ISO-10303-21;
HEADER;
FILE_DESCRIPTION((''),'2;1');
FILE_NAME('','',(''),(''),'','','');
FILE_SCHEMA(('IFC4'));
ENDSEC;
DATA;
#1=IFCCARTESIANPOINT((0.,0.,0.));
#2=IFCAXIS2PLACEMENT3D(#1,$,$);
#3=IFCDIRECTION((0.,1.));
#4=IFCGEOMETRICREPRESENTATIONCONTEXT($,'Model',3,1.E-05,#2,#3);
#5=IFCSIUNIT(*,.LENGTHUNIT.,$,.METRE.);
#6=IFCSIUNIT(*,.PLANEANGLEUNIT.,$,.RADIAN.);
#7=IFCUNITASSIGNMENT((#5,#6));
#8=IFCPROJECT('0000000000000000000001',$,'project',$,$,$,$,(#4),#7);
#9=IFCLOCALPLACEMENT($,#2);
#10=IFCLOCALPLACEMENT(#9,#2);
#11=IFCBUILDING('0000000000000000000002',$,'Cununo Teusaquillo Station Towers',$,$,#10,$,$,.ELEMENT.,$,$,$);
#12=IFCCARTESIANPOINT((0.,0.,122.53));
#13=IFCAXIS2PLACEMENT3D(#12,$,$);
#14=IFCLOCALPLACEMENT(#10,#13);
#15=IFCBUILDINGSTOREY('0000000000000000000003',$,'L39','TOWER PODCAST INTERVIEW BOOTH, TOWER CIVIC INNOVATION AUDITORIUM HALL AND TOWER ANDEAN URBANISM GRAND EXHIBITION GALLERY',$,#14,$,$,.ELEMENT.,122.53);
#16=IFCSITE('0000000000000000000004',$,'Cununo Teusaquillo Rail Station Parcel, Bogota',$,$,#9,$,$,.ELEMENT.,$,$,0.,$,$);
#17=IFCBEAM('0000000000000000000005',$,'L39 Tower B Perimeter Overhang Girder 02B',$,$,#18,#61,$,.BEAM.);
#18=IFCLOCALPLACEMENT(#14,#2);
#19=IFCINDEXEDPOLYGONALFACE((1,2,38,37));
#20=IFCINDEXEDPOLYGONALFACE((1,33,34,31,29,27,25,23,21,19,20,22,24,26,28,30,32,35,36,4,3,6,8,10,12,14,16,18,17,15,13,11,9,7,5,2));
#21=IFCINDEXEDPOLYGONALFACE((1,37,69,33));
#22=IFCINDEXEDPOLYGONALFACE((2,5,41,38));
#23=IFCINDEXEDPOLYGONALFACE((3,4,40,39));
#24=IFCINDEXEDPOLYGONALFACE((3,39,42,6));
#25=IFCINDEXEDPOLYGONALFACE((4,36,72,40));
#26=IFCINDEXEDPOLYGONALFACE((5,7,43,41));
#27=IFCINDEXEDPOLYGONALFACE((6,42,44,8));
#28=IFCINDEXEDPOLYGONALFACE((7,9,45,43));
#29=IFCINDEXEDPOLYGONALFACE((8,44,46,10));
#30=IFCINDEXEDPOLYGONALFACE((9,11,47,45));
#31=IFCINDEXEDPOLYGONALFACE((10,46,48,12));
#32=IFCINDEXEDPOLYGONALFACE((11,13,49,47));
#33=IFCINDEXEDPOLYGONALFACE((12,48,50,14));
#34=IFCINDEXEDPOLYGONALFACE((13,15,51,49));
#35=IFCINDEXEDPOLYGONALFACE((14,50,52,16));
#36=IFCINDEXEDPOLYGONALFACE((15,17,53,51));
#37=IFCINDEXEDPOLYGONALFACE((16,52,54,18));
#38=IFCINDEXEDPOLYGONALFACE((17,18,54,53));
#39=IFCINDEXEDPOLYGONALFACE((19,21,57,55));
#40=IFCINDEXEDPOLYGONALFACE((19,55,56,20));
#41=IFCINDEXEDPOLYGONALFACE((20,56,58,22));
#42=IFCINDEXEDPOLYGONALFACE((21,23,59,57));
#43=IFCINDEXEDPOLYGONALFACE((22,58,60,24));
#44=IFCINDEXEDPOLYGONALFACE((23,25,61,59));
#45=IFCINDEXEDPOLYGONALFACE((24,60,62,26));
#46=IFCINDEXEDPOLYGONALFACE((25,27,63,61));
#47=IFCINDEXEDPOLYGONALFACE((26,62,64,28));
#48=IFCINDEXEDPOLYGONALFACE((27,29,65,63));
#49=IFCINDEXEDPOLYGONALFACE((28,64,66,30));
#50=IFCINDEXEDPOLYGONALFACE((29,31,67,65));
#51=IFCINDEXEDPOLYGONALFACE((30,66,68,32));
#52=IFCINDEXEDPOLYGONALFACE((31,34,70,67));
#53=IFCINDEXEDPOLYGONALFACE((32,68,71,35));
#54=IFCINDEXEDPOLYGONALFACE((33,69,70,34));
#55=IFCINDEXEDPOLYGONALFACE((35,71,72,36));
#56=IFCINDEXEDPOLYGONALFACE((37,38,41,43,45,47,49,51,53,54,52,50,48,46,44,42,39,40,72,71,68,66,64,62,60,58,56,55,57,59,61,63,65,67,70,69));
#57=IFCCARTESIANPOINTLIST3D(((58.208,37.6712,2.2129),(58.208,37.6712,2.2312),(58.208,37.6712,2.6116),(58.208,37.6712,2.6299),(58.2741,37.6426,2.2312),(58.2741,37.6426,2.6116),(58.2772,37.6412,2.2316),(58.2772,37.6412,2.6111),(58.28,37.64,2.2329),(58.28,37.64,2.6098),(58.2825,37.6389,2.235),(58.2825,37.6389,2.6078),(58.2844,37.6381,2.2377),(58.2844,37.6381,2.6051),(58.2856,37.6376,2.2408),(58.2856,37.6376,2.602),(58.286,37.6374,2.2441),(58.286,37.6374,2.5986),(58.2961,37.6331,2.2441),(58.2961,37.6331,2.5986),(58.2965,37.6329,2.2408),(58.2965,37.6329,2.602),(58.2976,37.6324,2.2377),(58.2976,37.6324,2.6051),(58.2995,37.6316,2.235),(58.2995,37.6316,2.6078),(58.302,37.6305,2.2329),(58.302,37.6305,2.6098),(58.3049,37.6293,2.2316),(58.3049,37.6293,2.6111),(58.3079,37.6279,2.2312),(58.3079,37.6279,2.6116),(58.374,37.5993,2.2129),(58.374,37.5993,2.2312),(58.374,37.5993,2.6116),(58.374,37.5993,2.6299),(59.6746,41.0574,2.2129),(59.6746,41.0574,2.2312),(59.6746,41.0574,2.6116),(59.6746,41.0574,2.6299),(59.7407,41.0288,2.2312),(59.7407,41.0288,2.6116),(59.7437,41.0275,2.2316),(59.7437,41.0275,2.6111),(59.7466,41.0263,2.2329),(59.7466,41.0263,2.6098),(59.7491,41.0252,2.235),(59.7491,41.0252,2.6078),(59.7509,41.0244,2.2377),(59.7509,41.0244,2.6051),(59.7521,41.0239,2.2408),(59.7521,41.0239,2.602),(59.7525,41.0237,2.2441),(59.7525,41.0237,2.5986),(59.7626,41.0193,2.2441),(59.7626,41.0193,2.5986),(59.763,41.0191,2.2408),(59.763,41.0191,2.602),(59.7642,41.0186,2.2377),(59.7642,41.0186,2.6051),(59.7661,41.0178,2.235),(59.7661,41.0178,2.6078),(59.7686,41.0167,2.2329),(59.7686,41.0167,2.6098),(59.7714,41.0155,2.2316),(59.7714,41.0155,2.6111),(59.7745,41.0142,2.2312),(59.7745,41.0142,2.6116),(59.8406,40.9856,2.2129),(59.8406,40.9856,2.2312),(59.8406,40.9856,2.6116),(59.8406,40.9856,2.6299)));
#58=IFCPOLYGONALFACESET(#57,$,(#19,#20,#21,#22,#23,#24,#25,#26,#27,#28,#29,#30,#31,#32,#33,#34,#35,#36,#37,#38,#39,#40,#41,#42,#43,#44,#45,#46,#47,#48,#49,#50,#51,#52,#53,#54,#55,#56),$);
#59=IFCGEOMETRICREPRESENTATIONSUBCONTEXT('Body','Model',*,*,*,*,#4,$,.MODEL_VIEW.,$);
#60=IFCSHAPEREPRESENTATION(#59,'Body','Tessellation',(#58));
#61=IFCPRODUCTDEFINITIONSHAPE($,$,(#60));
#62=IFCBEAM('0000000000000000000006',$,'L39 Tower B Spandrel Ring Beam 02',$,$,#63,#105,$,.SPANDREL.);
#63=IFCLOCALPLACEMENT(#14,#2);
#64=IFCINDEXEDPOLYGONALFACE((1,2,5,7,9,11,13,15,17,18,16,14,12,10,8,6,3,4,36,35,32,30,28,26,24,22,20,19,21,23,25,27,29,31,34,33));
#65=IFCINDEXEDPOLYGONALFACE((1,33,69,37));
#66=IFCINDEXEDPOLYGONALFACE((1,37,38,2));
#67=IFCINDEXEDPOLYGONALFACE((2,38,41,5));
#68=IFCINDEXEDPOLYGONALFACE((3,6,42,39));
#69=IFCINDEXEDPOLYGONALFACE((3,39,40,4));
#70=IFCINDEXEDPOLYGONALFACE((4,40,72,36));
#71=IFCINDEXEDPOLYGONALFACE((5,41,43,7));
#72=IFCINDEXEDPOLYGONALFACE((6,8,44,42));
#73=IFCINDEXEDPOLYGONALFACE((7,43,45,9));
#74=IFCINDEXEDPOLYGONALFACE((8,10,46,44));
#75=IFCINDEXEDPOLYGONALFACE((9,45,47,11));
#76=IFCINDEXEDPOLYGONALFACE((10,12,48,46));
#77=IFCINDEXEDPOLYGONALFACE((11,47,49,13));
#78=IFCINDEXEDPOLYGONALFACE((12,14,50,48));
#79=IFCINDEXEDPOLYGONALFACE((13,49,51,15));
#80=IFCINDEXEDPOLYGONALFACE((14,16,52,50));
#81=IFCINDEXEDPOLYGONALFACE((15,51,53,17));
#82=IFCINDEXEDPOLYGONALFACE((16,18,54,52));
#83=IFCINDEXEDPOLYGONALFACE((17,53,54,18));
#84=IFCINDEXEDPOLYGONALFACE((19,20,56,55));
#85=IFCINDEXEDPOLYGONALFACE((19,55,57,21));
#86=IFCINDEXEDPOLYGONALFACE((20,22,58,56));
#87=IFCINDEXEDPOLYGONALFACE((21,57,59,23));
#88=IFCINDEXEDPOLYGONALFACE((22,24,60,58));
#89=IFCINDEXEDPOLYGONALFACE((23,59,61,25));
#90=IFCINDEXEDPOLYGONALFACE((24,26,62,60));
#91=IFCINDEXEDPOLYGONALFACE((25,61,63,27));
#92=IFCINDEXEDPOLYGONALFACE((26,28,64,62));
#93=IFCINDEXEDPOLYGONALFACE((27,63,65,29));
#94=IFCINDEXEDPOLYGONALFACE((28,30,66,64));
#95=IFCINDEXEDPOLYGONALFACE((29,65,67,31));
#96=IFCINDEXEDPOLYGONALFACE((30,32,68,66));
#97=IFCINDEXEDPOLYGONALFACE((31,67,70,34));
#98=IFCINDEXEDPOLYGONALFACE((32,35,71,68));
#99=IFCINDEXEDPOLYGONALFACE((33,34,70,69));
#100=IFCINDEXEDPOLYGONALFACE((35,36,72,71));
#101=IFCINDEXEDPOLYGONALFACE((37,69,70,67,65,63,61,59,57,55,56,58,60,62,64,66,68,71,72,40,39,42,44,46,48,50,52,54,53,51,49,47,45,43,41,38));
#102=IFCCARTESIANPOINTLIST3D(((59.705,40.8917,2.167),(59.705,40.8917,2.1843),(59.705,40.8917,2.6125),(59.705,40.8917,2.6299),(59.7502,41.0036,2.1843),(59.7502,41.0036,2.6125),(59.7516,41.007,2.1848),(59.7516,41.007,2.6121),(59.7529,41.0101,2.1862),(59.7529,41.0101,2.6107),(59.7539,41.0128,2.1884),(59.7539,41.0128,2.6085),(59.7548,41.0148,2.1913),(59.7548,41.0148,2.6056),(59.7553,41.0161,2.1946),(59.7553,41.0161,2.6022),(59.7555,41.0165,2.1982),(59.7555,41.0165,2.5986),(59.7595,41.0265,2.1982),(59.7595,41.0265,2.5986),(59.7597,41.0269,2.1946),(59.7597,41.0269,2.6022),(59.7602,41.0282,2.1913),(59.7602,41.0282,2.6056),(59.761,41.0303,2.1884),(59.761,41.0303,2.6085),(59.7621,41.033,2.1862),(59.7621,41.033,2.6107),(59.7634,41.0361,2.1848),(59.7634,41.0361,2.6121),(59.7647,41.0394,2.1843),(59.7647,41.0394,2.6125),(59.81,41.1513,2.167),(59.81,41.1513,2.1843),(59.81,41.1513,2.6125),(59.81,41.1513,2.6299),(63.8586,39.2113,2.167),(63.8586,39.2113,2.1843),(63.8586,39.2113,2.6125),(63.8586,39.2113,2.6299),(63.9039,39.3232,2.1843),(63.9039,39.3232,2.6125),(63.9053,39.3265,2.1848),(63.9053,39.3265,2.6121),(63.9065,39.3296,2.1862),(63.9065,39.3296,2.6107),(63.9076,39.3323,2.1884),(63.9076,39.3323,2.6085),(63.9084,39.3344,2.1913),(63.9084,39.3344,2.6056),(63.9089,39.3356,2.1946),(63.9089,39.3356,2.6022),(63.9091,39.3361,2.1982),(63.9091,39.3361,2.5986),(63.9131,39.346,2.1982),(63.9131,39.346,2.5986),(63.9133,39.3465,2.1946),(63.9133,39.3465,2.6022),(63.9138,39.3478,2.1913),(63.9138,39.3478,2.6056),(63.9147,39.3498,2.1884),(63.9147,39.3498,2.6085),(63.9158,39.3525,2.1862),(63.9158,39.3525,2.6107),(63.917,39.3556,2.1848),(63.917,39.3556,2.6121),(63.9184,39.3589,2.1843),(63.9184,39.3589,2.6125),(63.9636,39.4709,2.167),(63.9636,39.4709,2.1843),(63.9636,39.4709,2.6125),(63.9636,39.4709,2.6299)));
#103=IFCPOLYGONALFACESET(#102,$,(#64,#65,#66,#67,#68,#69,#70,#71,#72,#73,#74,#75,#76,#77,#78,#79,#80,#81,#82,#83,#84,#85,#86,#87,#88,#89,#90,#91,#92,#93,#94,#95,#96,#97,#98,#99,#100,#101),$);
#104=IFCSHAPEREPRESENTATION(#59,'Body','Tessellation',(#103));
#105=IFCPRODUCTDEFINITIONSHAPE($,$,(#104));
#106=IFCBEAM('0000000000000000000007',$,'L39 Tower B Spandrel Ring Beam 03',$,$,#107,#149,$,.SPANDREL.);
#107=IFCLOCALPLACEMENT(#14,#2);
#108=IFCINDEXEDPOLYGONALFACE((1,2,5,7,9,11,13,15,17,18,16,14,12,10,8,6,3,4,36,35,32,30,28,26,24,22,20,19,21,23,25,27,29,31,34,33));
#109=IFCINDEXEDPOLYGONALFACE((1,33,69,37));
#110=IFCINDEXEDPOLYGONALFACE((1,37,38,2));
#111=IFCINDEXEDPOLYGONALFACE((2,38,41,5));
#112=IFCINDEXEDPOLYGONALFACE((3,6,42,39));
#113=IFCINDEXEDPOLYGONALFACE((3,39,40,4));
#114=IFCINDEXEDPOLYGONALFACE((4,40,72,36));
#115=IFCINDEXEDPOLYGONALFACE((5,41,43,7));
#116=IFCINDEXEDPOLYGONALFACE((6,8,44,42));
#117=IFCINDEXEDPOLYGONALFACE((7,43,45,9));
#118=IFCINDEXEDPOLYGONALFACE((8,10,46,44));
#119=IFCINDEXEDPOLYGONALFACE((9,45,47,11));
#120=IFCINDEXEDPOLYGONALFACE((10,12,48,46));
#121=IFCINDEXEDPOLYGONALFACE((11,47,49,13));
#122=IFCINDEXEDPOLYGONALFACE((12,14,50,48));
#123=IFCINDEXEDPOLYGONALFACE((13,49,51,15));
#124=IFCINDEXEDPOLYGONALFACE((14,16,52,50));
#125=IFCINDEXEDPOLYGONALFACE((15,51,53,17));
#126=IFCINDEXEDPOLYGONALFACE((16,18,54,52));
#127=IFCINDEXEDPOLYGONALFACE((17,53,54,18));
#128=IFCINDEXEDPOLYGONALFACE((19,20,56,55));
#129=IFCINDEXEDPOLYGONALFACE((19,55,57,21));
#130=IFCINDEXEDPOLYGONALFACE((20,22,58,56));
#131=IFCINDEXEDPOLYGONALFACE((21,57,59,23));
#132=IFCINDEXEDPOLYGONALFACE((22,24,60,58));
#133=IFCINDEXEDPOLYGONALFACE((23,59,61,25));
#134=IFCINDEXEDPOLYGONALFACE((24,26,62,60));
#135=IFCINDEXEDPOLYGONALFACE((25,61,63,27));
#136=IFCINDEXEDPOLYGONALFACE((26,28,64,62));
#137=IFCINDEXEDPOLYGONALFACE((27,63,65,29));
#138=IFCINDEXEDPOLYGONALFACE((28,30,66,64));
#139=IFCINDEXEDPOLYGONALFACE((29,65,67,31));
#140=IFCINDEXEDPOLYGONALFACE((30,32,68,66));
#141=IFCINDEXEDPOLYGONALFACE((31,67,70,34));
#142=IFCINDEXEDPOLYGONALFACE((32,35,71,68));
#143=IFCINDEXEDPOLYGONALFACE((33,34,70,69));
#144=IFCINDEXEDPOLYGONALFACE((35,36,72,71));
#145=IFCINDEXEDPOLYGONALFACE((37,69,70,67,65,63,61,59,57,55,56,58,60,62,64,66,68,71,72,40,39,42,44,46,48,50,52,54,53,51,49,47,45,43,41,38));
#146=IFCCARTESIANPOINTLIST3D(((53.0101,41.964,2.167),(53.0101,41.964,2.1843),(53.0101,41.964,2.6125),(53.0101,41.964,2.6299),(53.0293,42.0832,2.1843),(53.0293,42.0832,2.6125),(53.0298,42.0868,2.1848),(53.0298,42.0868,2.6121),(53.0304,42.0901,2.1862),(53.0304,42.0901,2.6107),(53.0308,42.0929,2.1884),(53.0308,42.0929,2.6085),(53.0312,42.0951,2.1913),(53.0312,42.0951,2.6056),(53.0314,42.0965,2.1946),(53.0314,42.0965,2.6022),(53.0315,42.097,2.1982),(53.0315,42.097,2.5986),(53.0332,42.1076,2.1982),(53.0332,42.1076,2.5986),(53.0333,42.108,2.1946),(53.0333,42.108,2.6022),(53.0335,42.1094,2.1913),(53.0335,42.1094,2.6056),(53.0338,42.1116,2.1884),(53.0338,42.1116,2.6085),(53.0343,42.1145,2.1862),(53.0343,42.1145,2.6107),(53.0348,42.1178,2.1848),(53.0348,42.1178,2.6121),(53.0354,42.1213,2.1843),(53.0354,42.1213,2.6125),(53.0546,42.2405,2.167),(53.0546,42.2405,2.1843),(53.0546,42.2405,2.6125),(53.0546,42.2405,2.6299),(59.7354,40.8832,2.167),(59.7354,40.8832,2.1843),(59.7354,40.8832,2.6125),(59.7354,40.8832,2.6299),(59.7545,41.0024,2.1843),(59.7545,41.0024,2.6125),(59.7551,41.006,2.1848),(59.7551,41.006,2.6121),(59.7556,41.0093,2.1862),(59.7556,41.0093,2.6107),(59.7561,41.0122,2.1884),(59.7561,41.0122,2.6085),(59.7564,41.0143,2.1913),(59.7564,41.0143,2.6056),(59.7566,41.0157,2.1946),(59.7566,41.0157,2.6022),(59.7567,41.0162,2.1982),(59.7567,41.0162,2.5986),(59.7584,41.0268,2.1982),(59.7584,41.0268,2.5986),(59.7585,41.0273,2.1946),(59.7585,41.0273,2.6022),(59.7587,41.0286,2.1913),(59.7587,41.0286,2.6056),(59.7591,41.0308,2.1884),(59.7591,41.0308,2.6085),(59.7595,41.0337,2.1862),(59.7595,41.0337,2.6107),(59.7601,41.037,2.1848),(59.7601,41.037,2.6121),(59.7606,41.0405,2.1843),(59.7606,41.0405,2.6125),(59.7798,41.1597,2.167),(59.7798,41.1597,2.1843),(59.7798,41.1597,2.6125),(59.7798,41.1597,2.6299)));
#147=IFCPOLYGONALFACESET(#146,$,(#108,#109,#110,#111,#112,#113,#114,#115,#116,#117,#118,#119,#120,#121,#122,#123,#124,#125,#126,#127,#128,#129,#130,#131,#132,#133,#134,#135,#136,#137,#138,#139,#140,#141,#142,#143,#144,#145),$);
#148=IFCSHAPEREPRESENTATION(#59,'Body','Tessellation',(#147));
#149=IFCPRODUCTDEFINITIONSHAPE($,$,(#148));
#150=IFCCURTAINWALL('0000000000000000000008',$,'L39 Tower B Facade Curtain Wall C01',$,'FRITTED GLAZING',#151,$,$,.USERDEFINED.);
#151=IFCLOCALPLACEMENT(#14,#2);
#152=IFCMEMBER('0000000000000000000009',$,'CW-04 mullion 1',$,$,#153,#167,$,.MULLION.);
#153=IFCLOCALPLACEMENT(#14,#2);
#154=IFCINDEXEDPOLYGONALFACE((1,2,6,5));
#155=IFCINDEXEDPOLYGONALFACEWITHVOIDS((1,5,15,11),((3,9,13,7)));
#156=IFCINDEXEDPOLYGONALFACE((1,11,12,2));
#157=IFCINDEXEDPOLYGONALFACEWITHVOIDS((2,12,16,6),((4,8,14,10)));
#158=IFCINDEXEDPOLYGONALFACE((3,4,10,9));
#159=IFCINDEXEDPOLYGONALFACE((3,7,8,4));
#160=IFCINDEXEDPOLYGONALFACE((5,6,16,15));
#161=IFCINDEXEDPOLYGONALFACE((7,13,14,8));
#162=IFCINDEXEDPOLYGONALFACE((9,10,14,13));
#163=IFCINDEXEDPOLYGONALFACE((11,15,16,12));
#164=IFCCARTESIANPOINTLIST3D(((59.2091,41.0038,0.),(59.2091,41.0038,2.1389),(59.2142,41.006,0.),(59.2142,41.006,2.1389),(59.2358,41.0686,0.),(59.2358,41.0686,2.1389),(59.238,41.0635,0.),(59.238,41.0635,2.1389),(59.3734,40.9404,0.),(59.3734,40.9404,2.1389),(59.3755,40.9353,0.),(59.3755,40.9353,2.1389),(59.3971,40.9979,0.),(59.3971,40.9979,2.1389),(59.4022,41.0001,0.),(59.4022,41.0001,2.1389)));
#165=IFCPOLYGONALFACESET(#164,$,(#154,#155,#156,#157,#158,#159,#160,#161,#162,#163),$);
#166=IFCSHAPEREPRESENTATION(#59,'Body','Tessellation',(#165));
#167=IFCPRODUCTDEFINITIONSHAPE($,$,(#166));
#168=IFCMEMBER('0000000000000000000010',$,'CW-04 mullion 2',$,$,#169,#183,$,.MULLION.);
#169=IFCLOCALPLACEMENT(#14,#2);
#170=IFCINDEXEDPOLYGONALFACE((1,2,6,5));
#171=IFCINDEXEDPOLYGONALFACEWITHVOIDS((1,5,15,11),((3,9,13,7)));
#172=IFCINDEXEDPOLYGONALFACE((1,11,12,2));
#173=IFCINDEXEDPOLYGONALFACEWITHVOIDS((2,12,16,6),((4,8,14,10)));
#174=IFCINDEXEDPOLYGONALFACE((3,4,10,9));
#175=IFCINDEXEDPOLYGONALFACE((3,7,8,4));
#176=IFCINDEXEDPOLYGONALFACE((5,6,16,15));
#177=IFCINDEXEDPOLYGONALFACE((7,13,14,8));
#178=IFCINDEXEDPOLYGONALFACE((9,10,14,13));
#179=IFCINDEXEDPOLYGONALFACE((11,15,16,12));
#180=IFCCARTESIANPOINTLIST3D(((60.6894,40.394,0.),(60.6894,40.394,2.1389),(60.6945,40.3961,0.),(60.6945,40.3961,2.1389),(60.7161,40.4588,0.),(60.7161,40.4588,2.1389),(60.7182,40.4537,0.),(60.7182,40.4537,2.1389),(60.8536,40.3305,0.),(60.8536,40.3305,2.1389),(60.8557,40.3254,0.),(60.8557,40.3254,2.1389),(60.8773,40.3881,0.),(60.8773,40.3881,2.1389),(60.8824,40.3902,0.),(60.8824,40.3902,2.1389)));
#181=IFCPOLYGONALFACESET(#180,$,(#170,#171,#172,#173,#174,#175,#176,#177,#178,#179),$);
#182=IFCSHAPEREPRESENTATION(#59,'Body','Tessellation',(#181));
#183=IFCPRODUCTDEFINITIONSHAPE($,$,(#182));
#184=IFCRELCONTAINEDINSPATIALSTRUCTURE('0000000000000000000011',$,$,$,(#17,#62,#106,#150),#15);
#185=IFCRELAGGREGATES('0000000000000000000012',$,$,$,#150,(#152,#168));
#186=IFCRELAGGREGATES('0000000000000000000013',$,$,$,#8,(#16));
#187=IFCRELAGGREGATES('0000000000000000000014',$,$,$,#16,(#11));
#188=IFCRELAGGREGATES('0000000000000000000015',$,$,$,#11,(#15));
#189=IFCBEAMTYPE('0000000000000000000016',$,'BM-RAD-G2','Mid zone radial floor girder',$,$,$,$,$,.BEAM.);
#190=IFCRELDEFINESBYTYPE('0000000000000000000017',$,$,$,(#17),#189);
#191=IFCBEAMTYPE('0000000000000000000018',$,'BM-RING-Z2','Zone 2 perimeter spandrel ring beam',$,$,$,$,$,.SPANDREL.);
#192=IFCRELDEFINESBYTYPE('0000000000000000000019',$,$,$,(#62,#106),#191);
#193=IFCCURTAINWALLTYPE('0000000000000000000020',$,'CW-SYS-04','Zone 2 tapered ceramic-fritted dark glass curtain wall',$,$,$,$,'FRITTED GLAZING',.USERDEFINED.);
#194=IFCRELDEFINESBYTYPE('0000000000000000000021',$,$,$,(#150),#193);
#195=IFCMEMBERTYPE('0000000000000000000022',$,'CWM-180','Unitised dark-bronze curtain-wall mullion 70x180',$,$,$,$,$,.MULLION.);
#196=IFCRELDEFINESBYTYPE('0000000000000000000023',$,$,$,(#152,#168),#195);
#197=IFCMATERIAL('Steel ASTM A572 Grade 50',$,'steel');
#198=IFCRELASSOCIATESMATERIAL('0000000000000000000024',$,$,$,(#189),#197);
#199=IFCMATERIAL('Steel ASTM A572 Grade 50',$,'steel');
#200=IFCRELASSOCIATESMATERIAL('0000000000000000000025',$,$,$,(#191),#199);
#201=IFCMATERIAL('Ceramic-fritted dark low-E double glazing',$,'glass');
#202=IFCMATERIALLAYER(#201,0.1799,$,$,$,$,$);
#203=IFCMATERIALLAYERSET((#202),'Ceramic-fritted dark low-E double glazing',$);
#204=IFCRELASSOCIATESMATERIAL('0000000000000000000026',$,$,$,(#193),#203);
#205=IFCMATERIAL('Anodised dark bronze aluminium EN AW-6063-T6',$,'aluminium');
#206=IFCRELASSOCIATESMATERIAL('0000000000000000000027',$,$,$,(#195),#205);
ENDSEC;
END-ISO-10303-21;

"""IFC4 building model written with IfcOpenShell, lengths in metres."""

from ifc_helpers import new_model, si_unit, direction, frame, origin, origin_2d, place, context, subcontext, project, spatial, hollow_rectangle, i_section, extrude, material, layer, layer_set, material_profile, profile_set, type_object, element, aggregate, save


model = new_model("IFC4")

# Units and contexts
model_context = context("Model", 3, precision=1e-05, world=origin(), true_north=direction((0.0, 1.0)))
body_context = subcontext(model_context, "Body", "Model", "MODEL_VIEW")
ifc_project = project(units=[si_unit("LENGTHUNIT", "METRE"), si_unit("PLANEANGLEUNIT", "RADIAN")], contexts=[model_context])

# Site, building, storey
site_placement = place(None, origin())
site = spatial("IfcSite", under=ifc_project, at=site_placement, Name="Cununo Teusaquillo Rail Station Parcel, Bogota", CompositionType="ELEMENT", RefElevation=0.0)
building_placement = place(site_placement, origin())
building = spatial("IfcBuilding", under=site, at=building_placement, Name="Cununo Teusaquillo Station Towers", CompositionType="ELEMENT")
storey_placement = place(building_placement, frame((0.0, 0.0, 122.53)))
storey = spatial("IfcBuildingStorey", under=building, at=storey_placement, Name="L39", Description="TOWER PODCAST INTERVIEW BOOTH, TOWER CIVIC INNOVATION AUDITORIUM HALL AND TOWER ANDEAN URBANISM GRAND EXHIBITION GALLERY", CompositionType="ELEMENT", Elevation=122.53)

# Beams
ifc_material_1 = material(Name="Steel ASTM A572 Grade 50", Category="steel")
ifc_material_profile_1 = material_profile(ifc_material_1, i_section(OverallWidth=0.1809, OverallDepth=0.417, WebThickness=0.011, FlangeThickness=0.0183, FilletRadius=0.0129, at=origin_2d()), Name="W16X57")
ifc_profile_set_1 = profile_set([ifc_material_profile_1], Name="Steel ASTM A572 Grade 50")
beam_type_1 = type_object("IfcBeamType", Name="BM-RAD-G2", Description="Mid zone radial floor girder", PredefinedType="BEAM", material=ifc_profile_set_1)
beam_1_placement = place(storey_placement, frame((58.291, 37.6353, 2.4214), z_axis=(0.397422, 0.917636, 0.0), x_axis=(-0.917636, 0.397422, 0.0)))
element("IfcBeam", 1, at=beam_1_placement, inside=storey, type_object=beam_type_1, Name="L39 Tower B Perimeter Overhang Girder 02B", PredefinedType="BEAM", context=body_context, shape_type="SweptSolid", body=[
    extrude(i_section(OverallWidth=0.1809, OverallDepth=0.417, WebThickness=0.011, FlangeThickness=0.0183, FilletRadius=0.0129, at=origin_2d()), origin(), (0.0, 0.0, 1.0), 3.6902),
])
ifc_material_2 = material(Name="Steel ASTM A572 Grade 50", Category="steel")
ifc_material_profile_2 = material_profile(ifc_material_2, i_section(OverallWidth=0.28, OverallDepth=0.4629, WebThickness=0.0107, FlangeThickness=0.0173, FilletRadius=0.0139, at=origin_2d()), Name="W18X76")
ifc_profile_set_2 = profile_set([ifc_material_profile_2], Name="Steel ASTM A572 Grade 50")
beam_type_2 = type_object("IfcBeamType", Name="BM-RING-Z2", Description="Zone 2 perimeter spandrel ring beam", PredefinedType="SPANDREL", material=ifc_profile_set_2)
beam_2_placement = place(storey_placement, frame((63.9111, 39.3411, 2.3984), z_axis=(-0.927008, 0.375042, 0.0), x_axis=(-0.375042, -0.927008, 0.0)))
element("IfcBeam", 2, at=beam_2_placement, inside=storey, type_object=beam_type_2, Name="L39 Tower B Spandrel Ring Beam 02", PredefinedType="SPANDREL", context=body_context, shape_type="SweptSolid", body=[
    extrude(i_section(OverallWidth=0.28, OverallDepth=0.4629, WebThickness=0.0107, FlangeThickness=0.0173, FilletRadius=0.0139, at=origin_2d()), origin(), (0.0, 0.0, 1.0), 4.4807),
])
beam_3_placement = place(storey_placement, frame((59.7576, 41.0215, 2.3984), z_axis=(-0.987331, 0.158671, 0.0), x_axis=(-0.158671, -0.987331, 0.0)))
element("IfcBeam", 3, at=beam_3_placement, inside=storey, type_object=beam_type_2, Name="L39 Tower B Spandrel Ring Beam 03", PredefinedType="SPANDREL", context=body_context, shape_type="SweptSolid", body=[
    extrude(i_section(OverallWidth=0.28, OverallDepth=0.4629, WebThickness=0.0107, FlangeThickness=0.0173, FilletRadius=0.0139, at=origin_2d()), origin(), (0.0, 0.0, 1.0), 6.8115),
])

# Curtain wall, members
ifc_material_3 = material(Name="Ceramic-fritted dark low-E double glazing", Category="glass")
ifc_layer_1 = layer(ifc_material_3, 0.1799)
ifc_layer_set_1 = layer_set([ifc_layer_1], Name="Ceramic-fritted dark low-E double glazing")
curtain_wall_type = type_object("IfcCurtainWallType", Name="CW-SYS-04", Description="Zone 2 tapered ceramic-fritted dark glass curtain wall", ElementType="FRITTED GLAZING", PredefinedType="USERDEFINED", material=ifc_layer_set_1)
curtain_wall_placement = place(storey_placement, origin())
curtain_wall = element("IfcCurtainWall", 4, at=curtain_wall_placement, inside=storey, type_object=curtain_wall_type, Name="L39 Tower B Facade Curtain Wall C01", ObjectType="FRITTED GLAZING", PredefinedType="USERDEFINED")
ifc_material_4 = material(Name="Anodised dark bronze aluminium EN AW-6063-T6", Category="aluminium")
ifc_material_profile_3 = material_profile(ifc_material_4, hollow_rectangle(XDim=0.0701, YDim=0.1799, WallThickness=0.0039, at=origin_2d()), Name="CW-MULL-70x180")
ifc_profile_set_3 = profile_set([ifc_material_profile_3], Name="Anodised dark bronze aluminium EN AW-6063-T6")
member_type_1 = type_object("IfcMemberType", Name="CWM-180", Description="Unitised dark-bronze curtain-wall mullion 70x180", PredefinedType="MULLION", material=ifc_profile_set_3)
member_1_placement = place(storey_placement, frame((59.3057, 41.002, 0.0), z_axis=(0.0, 0.0, 1.0), x_axis=(0.381031, 0.924562, 0.0)))
member_1 = element("IfcMember", 5, at=member_1_placement, type_object=member_type_1, Name="CW-04 mullion 1", PredefinedType="MULLION", context=body_context, shape_type="SweptSolid", body=[
    extrude(hollow_rectangle(XDim=0.0701, YDim=0.1799, WallThickness=0.0039, at=origin_2d()), origin(), (0.0, 0.0, 1.0), 2.1389),
])
member_2_placement = place(storey_placement, frame((60.7859, 40.3921, 0.0), z_axis=(0.0, 0.0, 1.0), x_axis=(0.381031, 0.924562, 0.0)))
member_2 = element("IfcMember", 6, at=member_2_placement, type_object=member_type_1, Name="CW-04 mullion 2", PredefinedType="MULLION", context=body_context, shape_type="SweptSolid", body=[
    extrude(hollow_rectangle(XDim=0.0701, YDim=0.1799, WallThickness=0.0039, at=origin_2d()), origin(), (0.0, 0.0, 1.0), 2.1389),
])

aggregate(curtain_wall, [member_1, member_2])

save(model, "model.ifc")
